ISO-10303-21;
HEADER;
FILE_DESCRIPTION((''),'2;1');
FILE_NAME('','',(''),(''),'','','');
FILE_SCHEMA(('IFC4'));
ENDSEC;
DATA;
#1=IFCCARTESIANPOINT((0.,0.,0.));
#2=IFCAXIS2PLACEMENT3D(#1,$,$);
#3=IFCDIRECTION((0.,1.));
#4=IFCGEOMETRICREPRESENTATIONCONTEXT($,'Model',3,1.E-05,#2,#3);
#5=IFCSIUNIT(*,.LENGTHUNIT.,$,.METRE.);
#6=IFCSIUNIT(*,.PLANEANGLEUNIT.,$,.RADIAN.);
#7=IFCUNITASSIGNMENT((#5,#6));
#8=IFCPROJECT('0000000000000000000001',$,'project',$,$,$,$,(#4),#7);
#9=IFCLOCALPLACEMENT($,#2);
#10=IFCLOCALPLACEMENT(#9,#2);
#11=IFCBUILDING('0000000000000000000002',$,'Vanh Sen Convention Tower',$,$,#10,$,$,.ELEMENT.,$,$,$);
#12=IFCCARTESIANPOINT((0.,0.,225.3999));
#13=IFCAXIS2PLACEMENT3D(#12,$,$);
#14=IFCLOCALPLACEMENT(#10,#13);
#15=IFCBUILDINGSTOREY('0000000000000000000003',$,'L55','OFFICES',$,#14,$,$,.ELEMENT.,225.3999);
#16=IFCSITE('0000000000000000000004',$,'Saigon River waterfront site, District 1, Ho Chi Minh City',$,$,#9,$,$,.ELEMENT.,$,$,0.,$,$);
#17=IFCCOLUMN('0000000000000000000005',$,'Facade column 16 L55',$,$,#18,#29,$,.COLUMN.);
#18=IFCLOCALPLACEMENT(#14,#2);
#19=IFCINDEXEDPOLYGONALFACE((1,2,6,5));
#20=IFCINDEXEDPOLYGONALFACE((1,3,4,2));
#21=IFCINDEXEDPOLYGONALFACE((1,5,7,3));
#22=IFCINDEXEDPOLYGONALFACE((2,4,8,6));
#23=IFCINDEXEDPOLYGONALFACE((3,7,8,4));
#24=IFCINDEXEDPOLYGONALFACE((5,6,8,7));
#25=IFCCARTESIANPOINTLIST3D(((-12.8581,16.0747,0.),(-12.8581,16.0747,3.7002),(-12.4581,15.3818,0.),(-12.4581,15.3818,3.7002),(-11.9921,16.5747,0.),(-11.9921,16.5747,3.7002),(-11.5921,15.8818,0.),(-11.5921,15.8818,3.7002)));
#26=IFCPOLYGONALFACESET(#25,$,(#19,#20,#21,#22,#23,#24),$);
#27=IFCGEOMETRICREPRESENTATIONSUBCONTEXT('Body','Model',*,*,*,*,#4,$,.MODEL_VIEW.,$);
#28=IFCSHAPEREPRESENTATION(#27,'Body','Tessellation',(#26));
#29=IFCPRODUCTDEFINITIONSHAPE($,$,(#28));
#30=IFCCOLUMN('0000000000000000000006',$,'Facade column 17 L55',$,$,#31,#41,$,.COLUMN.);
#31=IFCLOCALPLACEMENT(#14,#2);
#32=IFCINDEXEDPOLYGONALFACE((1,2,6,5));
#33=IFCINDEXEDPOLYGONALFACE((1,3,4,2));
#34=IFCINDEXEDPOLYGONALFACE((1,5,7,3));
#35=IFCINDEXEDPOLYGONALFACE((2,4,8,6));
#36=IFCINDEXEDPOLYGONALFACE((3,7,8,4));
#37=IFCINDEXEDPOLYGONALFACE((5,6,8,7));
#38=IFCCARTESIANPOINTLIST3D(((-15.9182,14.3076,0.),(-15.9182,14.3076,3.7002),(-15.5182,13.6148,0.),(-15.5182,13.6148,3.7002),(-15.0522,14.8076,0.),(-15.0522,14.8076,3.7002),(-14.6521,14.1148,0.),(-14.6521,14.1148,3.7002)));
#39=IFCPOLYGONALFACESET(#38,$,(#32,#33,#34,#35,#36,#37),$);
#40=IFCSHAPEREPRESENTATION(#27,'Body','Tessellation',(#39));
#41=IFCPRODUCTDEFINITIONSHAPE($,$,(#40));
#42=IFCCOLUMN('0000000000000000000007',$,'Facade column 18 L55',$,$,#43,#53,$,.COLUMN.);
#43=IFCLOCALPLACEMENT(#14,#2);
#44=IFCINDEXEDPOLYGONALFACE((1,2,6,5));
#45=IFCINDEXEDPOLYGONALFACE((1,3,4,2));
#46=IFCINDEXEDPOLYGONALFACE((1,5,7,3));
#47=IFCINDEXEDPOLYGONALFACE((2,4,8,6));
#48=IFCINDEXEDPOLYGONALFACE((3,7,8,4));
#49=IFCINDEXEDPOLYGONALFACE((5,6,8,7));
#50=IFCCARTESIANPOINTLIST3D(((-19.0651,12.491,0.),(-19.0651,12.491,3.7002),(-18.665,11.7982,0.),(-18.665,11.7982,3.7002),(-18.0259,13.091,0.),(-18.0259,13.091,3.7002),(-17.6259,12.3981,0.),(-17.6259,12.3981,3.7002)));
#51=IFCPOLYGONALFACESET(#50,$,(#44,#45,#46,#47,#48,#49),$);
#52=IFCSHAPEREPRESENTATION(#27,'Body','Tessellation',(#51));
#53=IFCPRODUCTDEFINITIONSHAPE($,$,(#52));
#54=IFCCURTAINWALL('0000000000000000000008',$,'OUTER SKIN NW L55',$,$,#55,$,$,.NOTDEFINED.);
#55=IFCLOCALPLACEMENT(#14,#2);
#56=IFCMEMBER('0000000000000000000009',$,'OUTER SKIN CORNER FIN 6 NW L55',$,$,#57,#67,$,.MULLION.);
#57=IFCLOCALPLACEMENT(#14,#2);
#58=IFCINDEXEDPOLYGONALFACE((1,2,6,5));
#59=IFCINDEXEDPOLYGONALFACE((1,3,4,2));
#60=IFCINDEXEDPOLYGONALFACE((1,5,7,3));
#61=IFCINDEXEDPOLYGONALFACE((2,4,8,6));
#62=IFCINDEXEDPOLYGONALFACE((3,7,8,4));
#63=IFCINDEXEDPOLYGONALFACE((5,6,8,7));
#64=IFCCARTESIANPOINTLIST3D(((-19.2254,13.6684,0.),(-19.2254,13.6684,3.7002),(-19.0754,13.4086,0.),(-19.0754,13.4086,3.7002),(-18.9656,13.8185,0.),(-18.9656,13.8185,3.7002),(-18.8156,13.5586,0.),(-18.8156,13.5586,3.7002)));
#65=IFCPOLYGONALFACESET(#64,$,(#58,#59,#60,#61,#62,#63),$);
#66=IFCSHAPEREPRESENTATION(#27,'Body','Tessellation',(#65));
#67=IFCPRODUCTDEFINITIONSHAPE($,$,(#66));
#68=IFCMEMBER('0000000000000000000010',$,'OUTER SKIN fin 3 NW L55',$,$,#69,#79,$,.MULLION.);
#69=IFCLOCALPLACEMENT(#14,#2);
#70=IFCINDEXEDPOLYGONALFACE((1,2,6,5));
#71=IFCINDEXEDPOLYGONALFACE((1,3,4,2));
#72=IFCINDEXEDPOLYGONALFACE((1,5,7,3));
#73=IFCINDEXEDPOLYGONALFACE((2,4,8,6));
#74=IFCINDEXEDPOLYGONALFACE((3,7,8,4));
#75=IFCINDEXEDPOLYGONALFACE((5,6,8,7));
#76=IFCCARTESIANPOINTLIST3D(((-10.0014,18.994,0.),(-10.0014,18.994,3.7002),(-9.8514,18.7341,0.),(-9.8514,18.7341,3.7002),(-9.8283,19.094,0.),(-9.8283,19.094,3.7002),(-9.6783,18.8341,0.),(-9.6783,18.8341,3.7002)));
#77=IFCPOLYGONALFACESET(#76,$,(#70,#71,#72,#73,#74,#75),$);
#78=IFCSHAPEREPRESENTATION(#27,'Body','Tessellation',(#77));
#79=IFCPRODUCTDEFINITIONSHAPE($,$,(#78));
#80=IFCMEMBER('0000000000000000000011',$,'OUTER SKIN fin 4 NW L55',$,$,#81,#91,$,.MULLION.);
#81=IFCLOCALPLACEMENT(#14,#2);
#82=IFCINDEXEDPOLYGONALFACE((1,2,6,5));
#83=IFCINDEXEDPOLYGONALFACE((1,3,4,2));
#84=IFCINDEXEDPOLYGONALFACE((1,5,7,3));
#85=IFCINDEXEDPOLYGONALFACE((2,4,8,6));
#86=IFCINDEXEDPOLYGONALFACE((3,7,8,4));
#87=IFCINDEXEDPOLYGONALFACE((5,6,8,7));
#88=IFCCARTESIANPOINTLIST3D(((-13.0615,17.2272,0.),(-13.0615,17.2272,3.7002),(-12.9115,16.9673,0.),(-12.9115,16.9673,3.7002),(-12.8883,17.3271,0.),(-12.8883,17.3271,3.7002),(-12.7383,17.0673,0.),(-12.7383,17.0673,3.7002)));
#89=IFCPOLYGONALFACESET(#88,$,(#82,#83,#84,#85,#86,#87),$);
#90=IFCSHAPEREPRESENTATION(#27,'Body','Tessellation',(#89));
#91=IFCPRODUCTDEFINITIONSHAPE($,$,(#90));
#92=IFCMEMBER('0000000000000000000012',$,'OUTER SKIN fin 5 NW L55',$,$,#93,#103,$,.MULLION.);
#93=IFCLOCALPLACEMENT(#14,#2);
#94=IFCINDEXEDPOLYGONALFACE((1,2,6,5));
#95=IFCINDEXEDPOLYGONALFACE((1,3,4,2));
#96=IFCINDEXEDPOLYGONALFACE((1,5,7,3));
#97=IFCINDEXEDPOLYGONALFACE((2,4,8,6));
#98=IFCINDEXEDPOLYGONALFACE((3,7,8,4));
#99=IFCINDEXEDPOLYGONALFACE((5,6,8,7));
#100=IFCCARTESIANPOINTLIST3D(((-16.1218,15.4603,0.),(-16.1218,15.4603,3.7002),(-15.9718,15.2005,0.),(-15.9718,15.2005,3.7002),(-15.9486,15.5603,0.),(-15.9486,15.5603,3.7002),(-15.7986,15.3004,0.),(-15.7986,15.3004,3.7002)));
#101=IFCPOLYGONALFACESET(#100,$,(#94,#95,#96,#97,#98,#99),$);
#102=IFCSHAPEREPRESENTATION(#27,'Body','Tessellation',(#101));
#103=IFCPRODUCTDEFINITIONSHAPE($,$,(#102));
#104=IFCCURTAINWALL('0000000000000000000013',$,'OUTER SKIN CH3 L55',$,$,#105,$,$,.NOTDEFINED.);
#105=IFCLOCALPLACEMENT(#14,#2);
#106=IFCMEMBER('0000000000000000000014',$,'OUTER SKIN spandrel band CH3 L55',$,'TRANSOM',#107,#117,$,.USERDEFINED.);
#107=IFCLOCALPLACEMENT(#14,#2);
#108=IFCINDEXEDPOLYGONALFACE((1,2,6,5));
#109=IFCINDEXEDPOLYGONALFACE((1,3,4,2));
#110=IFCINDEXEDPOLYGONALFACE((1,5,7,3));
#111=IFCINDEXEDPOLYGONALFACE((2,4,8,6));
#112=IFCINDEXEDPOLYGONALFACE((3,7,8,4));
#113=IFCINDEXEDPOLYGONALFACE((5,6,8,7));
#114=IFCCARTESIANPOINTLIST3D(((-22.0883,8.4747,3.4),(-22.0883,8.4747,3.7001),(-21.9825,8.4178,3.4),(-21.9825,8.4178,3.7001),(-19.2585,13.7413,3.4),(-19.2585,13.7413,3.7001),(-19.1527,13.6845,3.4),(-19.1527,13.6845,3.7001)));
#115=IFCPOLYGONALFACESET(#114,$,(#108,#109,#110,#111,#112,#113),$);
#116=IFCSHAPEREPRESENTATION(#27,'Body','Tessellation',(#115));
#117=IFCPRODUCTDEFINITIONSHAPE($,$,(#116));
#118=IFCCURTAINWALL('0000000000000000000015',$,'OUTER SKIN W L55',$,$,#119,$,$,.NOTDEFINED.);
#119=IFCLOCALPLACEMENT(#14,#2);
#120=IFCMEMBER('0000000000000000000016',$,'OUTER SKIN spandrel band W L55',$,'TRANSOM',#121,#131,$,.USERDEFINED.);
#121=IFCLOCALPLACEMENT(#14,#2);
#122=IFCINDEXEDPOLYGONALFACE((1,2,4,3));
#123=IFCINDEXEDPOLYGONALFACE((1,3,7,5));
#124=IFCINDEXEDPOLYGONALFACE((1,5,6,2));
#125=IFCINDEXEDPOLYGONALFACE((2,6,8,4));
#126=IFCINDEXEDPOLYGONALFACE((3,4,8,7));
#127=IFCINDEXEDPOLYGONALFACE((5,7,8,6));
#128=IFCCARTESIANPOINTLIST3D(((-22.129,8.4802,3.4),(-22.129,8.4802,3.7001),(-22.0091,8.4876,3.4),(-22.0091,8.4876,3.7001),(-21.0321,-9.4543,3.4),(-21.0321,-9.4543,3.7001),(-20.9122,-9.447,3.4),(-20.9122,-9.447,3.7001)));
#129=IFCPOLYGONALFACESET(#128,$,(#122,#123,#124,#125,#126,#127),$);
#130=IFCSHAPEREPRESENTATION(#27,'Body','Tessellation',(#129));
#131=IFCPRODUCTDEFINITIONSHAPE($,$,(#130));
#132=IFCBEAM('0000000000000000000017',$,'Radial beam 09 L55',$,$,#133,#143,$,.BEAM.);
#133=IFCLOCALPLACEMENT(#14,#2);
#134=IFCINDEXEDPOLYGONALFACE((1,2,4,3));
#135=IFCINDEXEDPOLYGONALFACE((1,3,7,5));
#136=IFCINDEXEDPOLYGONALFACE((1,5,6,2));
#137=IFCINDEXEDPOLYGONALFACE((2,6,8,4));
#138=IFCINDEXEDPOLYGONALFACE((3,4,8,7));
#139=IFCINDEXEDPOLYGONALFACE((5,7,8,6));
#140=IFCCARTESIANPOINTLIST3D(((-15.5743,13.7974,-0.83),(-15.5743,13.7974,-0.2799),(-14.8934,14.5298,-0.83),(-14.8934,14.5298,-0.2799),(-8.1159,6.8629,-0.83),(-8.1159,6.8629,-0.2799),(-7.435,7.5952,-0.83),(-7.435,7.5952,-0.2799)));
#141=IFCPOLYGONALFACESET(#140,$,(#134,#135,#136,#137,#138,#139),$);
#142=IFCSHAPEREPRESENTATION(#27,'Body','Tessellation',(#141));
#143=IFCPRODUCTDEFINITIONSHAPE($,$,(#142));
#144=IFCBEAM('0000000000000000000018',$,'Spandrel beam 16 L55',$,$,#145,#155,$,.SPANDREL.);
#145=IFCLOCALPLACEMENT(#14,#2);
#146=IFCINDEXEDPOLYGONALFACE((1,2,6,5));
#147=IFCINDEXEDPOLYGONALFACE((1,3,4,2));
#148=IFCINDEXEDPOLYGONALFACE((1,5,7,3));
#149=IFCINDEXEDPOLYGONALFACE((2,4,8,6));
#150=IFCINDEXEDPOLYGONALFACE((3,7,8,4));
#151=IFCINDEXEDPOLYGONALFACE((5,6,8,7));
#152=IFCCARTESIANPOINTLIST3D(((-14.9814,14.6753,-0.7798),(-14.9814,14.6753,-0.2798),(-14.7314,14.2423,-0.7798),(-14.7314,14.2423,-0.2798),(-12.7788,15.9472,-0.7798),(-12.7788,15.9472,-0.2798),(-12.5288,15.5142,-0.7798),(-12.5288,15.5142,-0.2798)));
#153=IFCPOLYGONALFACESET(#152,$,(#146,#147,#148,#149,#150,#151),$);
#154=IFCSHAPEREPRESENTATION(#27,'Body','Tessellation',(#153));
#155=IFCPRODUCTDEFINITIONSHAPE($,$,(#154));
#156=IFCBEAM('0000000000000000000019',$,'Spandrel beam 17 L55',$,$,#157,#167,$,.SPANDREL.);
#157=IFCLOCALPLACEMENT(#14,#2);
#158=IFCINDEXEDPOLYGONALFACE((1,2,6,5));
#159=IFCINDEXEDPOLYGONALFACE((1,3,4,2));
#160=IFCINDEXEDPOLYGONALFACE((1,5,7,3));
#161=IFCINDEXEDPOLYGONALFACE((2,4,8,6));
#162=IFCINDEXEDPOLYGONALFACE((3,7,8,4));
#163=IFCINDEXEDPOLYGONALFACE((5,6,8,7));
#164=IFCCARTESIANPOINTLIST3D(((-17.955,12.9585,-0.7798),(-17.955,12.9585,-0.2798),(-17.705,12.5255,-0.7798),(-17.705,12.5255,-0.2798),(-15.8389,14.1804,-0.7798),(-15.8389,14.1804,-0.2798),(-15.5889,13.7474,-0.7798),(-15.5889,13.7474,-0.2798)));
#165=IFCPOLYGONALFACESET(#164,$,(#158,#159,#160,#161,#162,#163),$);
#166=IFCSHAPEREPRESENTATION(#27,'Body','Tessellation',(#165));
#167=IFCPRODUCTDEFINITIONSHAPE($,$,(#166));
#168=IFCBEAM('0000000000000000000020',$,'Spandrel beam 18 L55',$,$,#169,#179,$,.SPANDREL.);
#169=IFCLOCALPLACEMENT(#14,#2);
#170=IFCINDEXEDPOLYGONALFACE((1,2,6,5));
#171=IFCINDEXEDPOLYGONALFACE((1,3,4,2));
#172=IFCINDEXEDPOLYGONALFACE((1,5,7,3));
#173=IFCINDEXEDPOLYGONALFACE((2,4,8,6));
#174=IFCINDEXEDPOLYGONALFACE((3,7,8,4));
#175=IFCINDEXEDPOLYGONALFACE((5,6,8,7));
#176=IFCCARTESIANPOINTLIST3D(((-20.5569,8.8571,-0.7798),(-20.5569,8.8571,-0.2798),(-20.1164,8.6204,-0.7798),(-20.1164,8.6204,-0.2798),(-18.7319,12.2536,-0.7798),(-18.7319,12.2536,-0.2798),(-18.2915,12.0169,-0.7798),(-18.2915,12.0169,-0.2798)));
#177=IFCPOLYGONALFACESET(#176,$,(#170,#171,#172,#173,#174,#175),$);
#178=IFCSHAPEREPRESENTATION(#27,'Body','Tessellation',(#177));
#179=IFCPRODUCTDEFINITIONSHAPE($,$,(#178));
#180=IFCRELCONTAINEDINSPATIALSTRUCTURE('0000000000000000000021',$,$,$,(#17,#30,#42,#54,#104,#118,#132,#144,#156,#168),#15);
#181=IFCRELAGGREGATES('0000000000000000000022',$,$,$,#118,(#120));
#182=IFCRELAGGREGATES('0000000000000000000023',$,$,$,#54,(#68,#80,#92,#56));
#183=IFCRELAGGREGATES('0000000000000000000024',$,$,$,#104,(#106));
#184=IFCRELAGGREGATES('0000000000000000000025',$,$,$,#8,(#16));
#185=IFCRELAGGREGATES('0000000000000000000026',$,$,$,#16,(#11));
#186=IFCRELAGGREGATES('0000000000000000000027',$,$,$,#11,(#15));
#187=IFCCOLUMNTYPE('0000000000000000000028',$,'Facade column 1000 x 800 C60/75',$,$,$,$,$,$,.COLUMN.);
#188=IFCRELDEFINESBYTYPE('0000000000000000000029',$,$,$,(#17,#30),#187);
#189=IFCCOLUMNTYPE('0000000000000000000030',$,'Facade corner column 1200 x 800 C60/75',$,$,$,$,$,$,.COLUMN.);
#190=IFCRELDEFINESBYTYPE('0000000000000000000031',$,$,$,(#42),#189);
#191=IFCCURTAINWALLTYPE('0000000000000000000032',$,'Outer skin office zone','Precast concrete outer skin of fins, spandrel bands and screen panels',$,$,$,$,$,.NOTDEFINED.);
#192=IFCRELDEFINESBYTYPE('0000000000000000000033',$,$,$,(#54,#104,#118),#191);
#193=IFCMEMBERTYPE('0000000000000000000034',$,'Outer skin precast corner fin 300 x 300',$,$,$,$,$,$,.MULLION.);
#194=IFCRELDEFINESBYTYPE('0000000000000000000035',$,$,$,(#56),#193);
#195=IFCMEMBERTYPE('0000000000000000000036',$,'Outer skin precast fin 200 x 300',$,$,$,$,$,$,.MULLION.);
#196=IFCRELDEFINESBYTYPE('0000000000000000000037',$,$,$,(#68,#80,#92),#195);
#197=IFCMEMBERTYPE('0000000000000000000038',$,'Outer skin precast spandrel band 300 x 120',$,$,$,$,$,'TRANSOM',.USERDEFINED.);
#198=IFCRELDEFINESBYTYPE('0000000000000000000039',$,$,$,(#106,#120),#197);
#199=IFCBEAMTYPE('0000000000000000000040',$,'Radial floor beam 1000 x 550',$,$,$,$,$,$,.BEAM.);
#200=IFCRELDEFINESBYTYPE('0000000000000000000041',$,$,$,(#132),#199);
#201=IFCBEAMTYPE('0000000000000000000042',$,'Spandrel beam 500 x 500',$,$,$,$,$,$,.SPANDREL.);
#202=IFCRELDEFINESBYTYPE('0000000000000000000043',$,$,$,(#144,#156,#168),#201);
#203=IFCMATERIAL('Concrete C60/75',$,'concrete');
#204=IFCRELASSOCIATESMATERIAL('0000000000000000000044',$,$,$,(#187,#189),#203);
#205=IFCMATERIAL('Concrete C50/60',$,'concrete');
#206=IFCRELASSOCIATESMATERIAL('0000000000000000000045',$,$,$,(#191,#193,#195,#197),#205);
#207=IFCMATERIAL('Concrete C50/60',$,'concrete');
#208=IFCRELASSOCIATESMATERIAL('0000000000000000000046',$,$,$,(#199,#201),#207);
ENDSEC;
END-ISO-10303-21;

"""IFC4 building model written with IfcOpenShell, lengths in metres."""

from ifc_helpers import new_model, si_unit, direction, frame, origin, origin_2d, place, context, subcontext, project, spatial, rectangle, extrude, material, material_profile, profile_set, type_object, element, aggregate, save


model = new_model("IFC4")

# Units and contexts
model_context = context("Model", 3, precision=1e-05, world=origin(), true_north=direction((0.0, 1.0)))
body_context = subcontext(model_context, "Body", "Model", "MODEL_VIEW")
ifc_project = project(units=[si_unit("LENGTHUNIT", "METRE"), si_unit("PLANEANGLEUNIT", "RADIAN")], contexts=[model_context])

# Site, building, storey
site_placement = place(None, origin())
site = spatial("IfcSite", under=ifc_project, at=site_placement, Name="Saigon River waterfront site, District 1, Ho Chi Minh City", CompositionType="ELEMENT", RefElevation=0.0)
building_placement = place(site_placement, origin())
building = spatial("IfcBuilding", under=site, at=building_placement, Name="Vanh Sen Convention Tower", CompositionType="ELEMENT")
storey_placement = place(building_placement, frame((0.0, 0.0, 225.3999)))
storey = spatial("IfcBuildingStorey", under=building, at=storey_placement, Name="L55", Description="OFFICES", CompositionType="ELEMENT", Elevation=225.3999)

# Columns
ifc_material_1 = material(Name="Concrete C60/75", Category="concrete")
ifc_material_profile_1 = material_profile(ifc_material_1, rectangle(XDim=1.0, YDim=0.8, at=origin_2d()), Name="RC 1000X800")
ifc_profile_set_1 = profile_set([ifc_material_profile_1], Name="Concrete C60/75")
column_type_1 = type_object("IfcColumnType", Name="Facade column 1000 x 800 C60/75", PredefinedType="COLUMN", material=ifc_profile_set_1)
for number, where, z_axis, x_axis, name in (
    (1, (-12.2251, 15.9783, 0.0), (0.0, 0.0, 1.0), (-0.866025, -0.5, 0.0), "Facade column 16 L55"),
    (2, (-15.2852, 14.2112, 0.0), (0.0, 0.0, 1.0), (-0.866025, -0.5, 0.0), "Facade column 17 L55"),
):
    element("IfcColumn", number, at=place(storey_placement, frame(where, z_axis=z_axis, x_axis=x_axis)), inside=storey, type_object=column_type_1, Name=name, PredefinedType="COLUMN", context=body_context, shape_type="SweptSolid", body=[
        extrude(rectangle(XDim=1.0, YDim=0.8, at=origin_2d()), origin(), (0.0, 0.0, 1.0), 3.7002),
    ])
ifc_material_profile_2 = material_profile(ifc_material_1, rectangle(XDim=1.2, YDim=0.8, at=origin_2d()), Name="RC 1200X800")
ifc_profile_set_2 = profile_set([ifc_material_profile_2], Name="Concrete C60/75")
column_type_2 = type_object("IfcColumnType", Name="Facade corner column 1200 x 800 C60/75", PredefinedType="COLUMN", material=ifc_profile_set_2)
column_placement = place(storey_placement, frame((-18.3455, 12.4446, 0.0), z_axis=(0.0, 0.0, 1.0), x_axis=(-0.866025, -0.5, 0.0)))
element("IfcColumn", 3, at=column_placement, inside=storey, type_object=column_type_2, Name="Facade column 18 L55", PredefinedType="COLUMN", context=body_context, shape_type="SweptSolid", body=[
    extrude(rectangle(XDim=1.2, YDim=0.8, at=origin_2d()), origin(), (0.0, 0.0, 1.0), 3.7002),
])

# Curtain wall, members
ifc_material_2 = material(Name="Concrete C50/60", Category="concrete")
curtain_wall_type = type_object("IfcCurtainWallType", Name="Outer skin office zone", Description="Precast concrete outer skin of fins, spandrel bands and screen panels", PredefinedType="NOTDEFINED", material=ifc_material_2)
curtain_wall_1_placement = place(storey_placement, origin())
curtain_wall_1 = element("IfcCurtainWall", 4, at=curtain_wall_1_placement, inside=storey, type_object=curtain_wall_type, Name="OUTER SKIN NW L55", PredefinedType="NOTDEFINED")
ifc_material_profile_3 = material_profile(ifc_material_2, rectangle(XDim=0.3, YDim=0.3, at=origin_2d()), Name="Outer skin precast corner fin 300 x 300")
ifc_profile_set_3 = profile_set([ifc_material_profile_3], Name="Concrete C50/60")
member_type_1 = type_object("IfcMemberType", Name="Outer skin precast corner fin 300 x 300", PredefinedType="MULLION", material=ifc_profile_set_3)
member_1_placement = place(storey_placement, frame((-19.0205, 13.6135, 0.0), z_axis=(0.0, 0.0, 1.0), x_axis=(-0.866025, -0.5, 0.0)))
member_1 = element("IfcMember", 5, at=member_1_placement, type_object=member_type_1, Name="OUTER SKIN CORNER FIN 6 NW L55", PredefinedType="MULLION", context=body_context, shape_type="SweptSolid", body=[
    extrude(rectangle(XDim=0.3, YDim=0.3, at=origin_2d()), origin(), (0.0, 0.0, 1.0), 3.7002),
])
ifc_material_profile_4 = material_profile(ifc_material_2, rectangle(XDim=0.2, YDim=0.3, at=origin_2d()), Name="Outer skin precast fin 200 x 300")
ifc_profile_set_4 = profile_set([ifc_material_profile_4], Name="Concrete C50/60")
member_type_2 = type_object("IfcMemberType", Name="Outer skin precast fin 200 x 300", PredefinedType="MULLION", material=ifc_profile_set_4)
member_2_placement = place(storey_placement, frame((-9.8398, 18.9141, 0.0), z_axis=(0.0, 0.0, 1.0), x_axis=(-0.866025, -0.5, 0.0)))
member_2 = element("IfcMember", 6, at=member_2_placement, type_object=member_type_2, Name="OUTER SKIN fin 3 NW L55", PredefinedType="MULLION", context=body_context, shape_type="SweptSolid", body=[
    extrude(rectangle(XDim=0.2, YDim=0.3, at=origin_2d()), origin(), (0.0, 0.0, 1.0), 3.7002),
])
member_3_placement = place(storey_placement, frame((-12.8999, 17.1472, 0.0), z_axis=(0.0, 0.0, 1.0), x_axis=(-0.866025, -0.5, 0.0)))
member_3 = element("IfcMember", 7, at=member_3_placement, type_object=member_type_2, Name="OUTER SKIN fin 4 NW L55", PredefinedType="MULLION", context=body_context, shape_type="SweptSolid", body=[
    extrude(rectangle(XDim=0.2, YDim=0.3, at=origin_2d()), origin(), (0.0, 0.0, 1.0), 3.7002),
])
member_4_placement = place(storey_placement, frame((-15.9602, 15.3804, 0.0), z_axis=(0.0, 0.0, 1.0), x_axis=(-0.866025, -0.5, 0.0)))
member_4 = element("IfcMember", 8, at=member_4_placement, type_object=member_type_2, Name="OUTER SKIN fin 5 NW L55", PredefinedType="MULLION", context=body_context, shape_type="SweptSolid", body=[
    extrude(rectangle(XDim=0.2, YDim=0.3, at=origin_2d()), origin(), (0.0, 0.0, 1.0), 3.7002),
])

# Curtain walls, members
curtain_wall_2_placement = place(storey_placement, origin())
curtain_wall_2 = element("IfcCurtainWall", 9, at=curtain_wall_2_placement, inside=storey, type_object=curtain_wall_type, Name="OUTER SKIN CH3 L55", PredefinedType="NOTDEFINED")
ifc_material_profile_5 = material_profile(ifc_material_2, rectangle(XDim=0.1201, YDim=0.3, at=origin_2d()), Name="Outer skin precast spandrel band 300 x 120")
ifc_profile_set_5 = profile_set([ifc_material_profile_5], Name="Concrete C50/60")
member_type_3 = type_object("IfcMemberType", Name="Outer skin precast spandrel band 300 x 120", ElementType="TRANSOM", PredefinedType="USERDEFINED", material=ifc_profile_set_5)
member_5_placement = place(storey_placement, frame((-19.2056, 13.7129, 3.55), z_axis=(-0.473318, -0.880892, 0.0), x_axis=(0.880892, -0.473318, 0.0)))
member_5 = element("IfcMember", 10, at=member_5_placement, type_object=member_type_3, Name="OUTER SKIN spandrel band CH3 L55", ObjectType="TRANSOM", PredefinedType="USERDEFINED", context=body_context, shape_type="SweptSolid", body=[
    extrude(rectangle(XDim=0.1201, YDim=0.3, at=origin_2d()), origin(), (0.0, 0.0, 1.0), 5.9788),
])
curtain_wall_3_placement = place(storey_placement, origin())
curtain_wall_3 = element("IfcCurtainWall", 11, at=curtain_wall_3_placement, inside=storey, type_object=curtain_wall_type, Name="OUTER SKIN W L55", PredefinedType="NOTDEFINED")
member_6_placement = place(storey_placement, frame((-22.0691, 8.4839, 3.55), z_axis=(0.061048, -0.998135, 0.0), x_axis=(0.998135, 0.061048, 0.0)))
member_6 = element("IfcMember", 12, at=member_6_placement, type_object=member_type_3, Name="OUTER SKIN spandrel band W L55", ObjectType="TRANSOM", PredefinedType="USERDEFINED", context=body_context, shape_type="SweptSolid", body=[
    extrude(rectangle(XDim=0.1201, YDim=0.3, at=origin_2d()), origin(), (0.0, 0.0, 1.0), 17.968),
])
aggregate(curtain_wall_3, [member_6])

# Beams
ifc_material_3 = material(Name="Concrete C50/60", Category="concrete")
ifc_material_profile_6 = material_profile(ifc_material_3, rectangle(XDim=1.0, YDim=0.55, at=origin_2d()), Name="RC 1000X550")
ifc_profile_set_6 = profile_set([ifc_material_profile_6], Name="Concrete C50/60")
beam_type_1 = type_object("IfcBeamType", Name="Radial floor beam 1000 x 550", PredefinedType="BEAM", material=ifc_profile_set_6)
beam_1_placement = place(storey_placement, frame((-15.2339, 14.1636, -0.5549), z_axis=(0.732361, -0.680916, 0.0), x_axis=(0.680916, 0.732361, 0.0)))
element("IfcBeam", 13, at=beam_1_placement, inside=storey, type_object=beam_type_1, Name="Radial beam 09 L55", PredefinedType="BEAM", context=body_context, shape_type="SweptSolid", body=[
    extrude(rectangle(XDim=1.0, YDim=0.55, at=origin_2d()), origin(), (0.0, 0.0, 1.0), 10.1841),
])
ifc_material_profile_7 = material_profile(ifc_material_3, rectangle(XDim=0.5, YDim=0.5, at=origin_2d()), Name="RC 500X500")
ifc_profile_set_7 = profile_set([ifc_material_profile_7], Name="Concrete C50/60")
beam_type_2 = type_object("IfcBeamType", Name="Spandrel beam 500 x 500", PredefinedType="SPANDREL", material=ifc_profile_set_7)
beam_2_placement = place(storey_placement, frame((-12.6538, 15.7307, -0.5298), z_axis=(-0.865978, -0.500082, 0.0), x_axis=(0.500082, -0.865978, 0.0)))
element("IfcBeam", 14, at=beam_2_placement, inside=storey, type_object=beam_type_2, Name="Spandrel beam 16 L55", PredefinedType="SPANDREL", context=body_context, shape_type="SweptSolid", body=[
    extrude(rectangle(XDim=0.5, YDim=0.5, at=origin_2d()), origin(), (0.0, 0.0, 1.0), 2.5435),
])
beam_3_placement = place(storey_placement, frame((-15.7139, 13.9639, -0.5298), z_axis=(-0.866003, -0.50004, 0.0), x_axis=(0.50004, -0.866003, 0.0)))
element("IfcBeam", 15, at=beam_3_placement, inside=storey, type_object=beam_type_2, Name="Spandrel beam 17 L55", PredefinedType="SPANDREL", context=body_context, shape_type="SweptSolid", body=[
    extrude(rectangle(XDim=0.5, YDim=0.5, at=origin_2d()), origin(), (0.0, 0.0, 1.0), 2.4436),
])
beam_4_placement = place(storey_placement, frame((-18.5117, 12.1353, -0.5298), z_axis=(-0.47331, -0.880896, 0.0), x_axis=(0.880896, -0.47331, 0.0)))
element("IfcBeam", 16, at=beam_4_placement, inside=storey, type_object=beam_type_2, Name="Spandrel beam 18 L55", PredefinedType="SPANDREL", context=body_context, shape_type="SweptSolid", body=[
    extrude(rectangle(XDim=0.5, YDim=0.5, at=origin_2d()), origin(), (0.0, 0.0, 1.0), 3.8557),
])

aggregate(curtain_wall_1, [member_2, member_3, member_4, member_1])
aggregate(curtain_wall_2, [member_5])

save(model, "model.ifc")
